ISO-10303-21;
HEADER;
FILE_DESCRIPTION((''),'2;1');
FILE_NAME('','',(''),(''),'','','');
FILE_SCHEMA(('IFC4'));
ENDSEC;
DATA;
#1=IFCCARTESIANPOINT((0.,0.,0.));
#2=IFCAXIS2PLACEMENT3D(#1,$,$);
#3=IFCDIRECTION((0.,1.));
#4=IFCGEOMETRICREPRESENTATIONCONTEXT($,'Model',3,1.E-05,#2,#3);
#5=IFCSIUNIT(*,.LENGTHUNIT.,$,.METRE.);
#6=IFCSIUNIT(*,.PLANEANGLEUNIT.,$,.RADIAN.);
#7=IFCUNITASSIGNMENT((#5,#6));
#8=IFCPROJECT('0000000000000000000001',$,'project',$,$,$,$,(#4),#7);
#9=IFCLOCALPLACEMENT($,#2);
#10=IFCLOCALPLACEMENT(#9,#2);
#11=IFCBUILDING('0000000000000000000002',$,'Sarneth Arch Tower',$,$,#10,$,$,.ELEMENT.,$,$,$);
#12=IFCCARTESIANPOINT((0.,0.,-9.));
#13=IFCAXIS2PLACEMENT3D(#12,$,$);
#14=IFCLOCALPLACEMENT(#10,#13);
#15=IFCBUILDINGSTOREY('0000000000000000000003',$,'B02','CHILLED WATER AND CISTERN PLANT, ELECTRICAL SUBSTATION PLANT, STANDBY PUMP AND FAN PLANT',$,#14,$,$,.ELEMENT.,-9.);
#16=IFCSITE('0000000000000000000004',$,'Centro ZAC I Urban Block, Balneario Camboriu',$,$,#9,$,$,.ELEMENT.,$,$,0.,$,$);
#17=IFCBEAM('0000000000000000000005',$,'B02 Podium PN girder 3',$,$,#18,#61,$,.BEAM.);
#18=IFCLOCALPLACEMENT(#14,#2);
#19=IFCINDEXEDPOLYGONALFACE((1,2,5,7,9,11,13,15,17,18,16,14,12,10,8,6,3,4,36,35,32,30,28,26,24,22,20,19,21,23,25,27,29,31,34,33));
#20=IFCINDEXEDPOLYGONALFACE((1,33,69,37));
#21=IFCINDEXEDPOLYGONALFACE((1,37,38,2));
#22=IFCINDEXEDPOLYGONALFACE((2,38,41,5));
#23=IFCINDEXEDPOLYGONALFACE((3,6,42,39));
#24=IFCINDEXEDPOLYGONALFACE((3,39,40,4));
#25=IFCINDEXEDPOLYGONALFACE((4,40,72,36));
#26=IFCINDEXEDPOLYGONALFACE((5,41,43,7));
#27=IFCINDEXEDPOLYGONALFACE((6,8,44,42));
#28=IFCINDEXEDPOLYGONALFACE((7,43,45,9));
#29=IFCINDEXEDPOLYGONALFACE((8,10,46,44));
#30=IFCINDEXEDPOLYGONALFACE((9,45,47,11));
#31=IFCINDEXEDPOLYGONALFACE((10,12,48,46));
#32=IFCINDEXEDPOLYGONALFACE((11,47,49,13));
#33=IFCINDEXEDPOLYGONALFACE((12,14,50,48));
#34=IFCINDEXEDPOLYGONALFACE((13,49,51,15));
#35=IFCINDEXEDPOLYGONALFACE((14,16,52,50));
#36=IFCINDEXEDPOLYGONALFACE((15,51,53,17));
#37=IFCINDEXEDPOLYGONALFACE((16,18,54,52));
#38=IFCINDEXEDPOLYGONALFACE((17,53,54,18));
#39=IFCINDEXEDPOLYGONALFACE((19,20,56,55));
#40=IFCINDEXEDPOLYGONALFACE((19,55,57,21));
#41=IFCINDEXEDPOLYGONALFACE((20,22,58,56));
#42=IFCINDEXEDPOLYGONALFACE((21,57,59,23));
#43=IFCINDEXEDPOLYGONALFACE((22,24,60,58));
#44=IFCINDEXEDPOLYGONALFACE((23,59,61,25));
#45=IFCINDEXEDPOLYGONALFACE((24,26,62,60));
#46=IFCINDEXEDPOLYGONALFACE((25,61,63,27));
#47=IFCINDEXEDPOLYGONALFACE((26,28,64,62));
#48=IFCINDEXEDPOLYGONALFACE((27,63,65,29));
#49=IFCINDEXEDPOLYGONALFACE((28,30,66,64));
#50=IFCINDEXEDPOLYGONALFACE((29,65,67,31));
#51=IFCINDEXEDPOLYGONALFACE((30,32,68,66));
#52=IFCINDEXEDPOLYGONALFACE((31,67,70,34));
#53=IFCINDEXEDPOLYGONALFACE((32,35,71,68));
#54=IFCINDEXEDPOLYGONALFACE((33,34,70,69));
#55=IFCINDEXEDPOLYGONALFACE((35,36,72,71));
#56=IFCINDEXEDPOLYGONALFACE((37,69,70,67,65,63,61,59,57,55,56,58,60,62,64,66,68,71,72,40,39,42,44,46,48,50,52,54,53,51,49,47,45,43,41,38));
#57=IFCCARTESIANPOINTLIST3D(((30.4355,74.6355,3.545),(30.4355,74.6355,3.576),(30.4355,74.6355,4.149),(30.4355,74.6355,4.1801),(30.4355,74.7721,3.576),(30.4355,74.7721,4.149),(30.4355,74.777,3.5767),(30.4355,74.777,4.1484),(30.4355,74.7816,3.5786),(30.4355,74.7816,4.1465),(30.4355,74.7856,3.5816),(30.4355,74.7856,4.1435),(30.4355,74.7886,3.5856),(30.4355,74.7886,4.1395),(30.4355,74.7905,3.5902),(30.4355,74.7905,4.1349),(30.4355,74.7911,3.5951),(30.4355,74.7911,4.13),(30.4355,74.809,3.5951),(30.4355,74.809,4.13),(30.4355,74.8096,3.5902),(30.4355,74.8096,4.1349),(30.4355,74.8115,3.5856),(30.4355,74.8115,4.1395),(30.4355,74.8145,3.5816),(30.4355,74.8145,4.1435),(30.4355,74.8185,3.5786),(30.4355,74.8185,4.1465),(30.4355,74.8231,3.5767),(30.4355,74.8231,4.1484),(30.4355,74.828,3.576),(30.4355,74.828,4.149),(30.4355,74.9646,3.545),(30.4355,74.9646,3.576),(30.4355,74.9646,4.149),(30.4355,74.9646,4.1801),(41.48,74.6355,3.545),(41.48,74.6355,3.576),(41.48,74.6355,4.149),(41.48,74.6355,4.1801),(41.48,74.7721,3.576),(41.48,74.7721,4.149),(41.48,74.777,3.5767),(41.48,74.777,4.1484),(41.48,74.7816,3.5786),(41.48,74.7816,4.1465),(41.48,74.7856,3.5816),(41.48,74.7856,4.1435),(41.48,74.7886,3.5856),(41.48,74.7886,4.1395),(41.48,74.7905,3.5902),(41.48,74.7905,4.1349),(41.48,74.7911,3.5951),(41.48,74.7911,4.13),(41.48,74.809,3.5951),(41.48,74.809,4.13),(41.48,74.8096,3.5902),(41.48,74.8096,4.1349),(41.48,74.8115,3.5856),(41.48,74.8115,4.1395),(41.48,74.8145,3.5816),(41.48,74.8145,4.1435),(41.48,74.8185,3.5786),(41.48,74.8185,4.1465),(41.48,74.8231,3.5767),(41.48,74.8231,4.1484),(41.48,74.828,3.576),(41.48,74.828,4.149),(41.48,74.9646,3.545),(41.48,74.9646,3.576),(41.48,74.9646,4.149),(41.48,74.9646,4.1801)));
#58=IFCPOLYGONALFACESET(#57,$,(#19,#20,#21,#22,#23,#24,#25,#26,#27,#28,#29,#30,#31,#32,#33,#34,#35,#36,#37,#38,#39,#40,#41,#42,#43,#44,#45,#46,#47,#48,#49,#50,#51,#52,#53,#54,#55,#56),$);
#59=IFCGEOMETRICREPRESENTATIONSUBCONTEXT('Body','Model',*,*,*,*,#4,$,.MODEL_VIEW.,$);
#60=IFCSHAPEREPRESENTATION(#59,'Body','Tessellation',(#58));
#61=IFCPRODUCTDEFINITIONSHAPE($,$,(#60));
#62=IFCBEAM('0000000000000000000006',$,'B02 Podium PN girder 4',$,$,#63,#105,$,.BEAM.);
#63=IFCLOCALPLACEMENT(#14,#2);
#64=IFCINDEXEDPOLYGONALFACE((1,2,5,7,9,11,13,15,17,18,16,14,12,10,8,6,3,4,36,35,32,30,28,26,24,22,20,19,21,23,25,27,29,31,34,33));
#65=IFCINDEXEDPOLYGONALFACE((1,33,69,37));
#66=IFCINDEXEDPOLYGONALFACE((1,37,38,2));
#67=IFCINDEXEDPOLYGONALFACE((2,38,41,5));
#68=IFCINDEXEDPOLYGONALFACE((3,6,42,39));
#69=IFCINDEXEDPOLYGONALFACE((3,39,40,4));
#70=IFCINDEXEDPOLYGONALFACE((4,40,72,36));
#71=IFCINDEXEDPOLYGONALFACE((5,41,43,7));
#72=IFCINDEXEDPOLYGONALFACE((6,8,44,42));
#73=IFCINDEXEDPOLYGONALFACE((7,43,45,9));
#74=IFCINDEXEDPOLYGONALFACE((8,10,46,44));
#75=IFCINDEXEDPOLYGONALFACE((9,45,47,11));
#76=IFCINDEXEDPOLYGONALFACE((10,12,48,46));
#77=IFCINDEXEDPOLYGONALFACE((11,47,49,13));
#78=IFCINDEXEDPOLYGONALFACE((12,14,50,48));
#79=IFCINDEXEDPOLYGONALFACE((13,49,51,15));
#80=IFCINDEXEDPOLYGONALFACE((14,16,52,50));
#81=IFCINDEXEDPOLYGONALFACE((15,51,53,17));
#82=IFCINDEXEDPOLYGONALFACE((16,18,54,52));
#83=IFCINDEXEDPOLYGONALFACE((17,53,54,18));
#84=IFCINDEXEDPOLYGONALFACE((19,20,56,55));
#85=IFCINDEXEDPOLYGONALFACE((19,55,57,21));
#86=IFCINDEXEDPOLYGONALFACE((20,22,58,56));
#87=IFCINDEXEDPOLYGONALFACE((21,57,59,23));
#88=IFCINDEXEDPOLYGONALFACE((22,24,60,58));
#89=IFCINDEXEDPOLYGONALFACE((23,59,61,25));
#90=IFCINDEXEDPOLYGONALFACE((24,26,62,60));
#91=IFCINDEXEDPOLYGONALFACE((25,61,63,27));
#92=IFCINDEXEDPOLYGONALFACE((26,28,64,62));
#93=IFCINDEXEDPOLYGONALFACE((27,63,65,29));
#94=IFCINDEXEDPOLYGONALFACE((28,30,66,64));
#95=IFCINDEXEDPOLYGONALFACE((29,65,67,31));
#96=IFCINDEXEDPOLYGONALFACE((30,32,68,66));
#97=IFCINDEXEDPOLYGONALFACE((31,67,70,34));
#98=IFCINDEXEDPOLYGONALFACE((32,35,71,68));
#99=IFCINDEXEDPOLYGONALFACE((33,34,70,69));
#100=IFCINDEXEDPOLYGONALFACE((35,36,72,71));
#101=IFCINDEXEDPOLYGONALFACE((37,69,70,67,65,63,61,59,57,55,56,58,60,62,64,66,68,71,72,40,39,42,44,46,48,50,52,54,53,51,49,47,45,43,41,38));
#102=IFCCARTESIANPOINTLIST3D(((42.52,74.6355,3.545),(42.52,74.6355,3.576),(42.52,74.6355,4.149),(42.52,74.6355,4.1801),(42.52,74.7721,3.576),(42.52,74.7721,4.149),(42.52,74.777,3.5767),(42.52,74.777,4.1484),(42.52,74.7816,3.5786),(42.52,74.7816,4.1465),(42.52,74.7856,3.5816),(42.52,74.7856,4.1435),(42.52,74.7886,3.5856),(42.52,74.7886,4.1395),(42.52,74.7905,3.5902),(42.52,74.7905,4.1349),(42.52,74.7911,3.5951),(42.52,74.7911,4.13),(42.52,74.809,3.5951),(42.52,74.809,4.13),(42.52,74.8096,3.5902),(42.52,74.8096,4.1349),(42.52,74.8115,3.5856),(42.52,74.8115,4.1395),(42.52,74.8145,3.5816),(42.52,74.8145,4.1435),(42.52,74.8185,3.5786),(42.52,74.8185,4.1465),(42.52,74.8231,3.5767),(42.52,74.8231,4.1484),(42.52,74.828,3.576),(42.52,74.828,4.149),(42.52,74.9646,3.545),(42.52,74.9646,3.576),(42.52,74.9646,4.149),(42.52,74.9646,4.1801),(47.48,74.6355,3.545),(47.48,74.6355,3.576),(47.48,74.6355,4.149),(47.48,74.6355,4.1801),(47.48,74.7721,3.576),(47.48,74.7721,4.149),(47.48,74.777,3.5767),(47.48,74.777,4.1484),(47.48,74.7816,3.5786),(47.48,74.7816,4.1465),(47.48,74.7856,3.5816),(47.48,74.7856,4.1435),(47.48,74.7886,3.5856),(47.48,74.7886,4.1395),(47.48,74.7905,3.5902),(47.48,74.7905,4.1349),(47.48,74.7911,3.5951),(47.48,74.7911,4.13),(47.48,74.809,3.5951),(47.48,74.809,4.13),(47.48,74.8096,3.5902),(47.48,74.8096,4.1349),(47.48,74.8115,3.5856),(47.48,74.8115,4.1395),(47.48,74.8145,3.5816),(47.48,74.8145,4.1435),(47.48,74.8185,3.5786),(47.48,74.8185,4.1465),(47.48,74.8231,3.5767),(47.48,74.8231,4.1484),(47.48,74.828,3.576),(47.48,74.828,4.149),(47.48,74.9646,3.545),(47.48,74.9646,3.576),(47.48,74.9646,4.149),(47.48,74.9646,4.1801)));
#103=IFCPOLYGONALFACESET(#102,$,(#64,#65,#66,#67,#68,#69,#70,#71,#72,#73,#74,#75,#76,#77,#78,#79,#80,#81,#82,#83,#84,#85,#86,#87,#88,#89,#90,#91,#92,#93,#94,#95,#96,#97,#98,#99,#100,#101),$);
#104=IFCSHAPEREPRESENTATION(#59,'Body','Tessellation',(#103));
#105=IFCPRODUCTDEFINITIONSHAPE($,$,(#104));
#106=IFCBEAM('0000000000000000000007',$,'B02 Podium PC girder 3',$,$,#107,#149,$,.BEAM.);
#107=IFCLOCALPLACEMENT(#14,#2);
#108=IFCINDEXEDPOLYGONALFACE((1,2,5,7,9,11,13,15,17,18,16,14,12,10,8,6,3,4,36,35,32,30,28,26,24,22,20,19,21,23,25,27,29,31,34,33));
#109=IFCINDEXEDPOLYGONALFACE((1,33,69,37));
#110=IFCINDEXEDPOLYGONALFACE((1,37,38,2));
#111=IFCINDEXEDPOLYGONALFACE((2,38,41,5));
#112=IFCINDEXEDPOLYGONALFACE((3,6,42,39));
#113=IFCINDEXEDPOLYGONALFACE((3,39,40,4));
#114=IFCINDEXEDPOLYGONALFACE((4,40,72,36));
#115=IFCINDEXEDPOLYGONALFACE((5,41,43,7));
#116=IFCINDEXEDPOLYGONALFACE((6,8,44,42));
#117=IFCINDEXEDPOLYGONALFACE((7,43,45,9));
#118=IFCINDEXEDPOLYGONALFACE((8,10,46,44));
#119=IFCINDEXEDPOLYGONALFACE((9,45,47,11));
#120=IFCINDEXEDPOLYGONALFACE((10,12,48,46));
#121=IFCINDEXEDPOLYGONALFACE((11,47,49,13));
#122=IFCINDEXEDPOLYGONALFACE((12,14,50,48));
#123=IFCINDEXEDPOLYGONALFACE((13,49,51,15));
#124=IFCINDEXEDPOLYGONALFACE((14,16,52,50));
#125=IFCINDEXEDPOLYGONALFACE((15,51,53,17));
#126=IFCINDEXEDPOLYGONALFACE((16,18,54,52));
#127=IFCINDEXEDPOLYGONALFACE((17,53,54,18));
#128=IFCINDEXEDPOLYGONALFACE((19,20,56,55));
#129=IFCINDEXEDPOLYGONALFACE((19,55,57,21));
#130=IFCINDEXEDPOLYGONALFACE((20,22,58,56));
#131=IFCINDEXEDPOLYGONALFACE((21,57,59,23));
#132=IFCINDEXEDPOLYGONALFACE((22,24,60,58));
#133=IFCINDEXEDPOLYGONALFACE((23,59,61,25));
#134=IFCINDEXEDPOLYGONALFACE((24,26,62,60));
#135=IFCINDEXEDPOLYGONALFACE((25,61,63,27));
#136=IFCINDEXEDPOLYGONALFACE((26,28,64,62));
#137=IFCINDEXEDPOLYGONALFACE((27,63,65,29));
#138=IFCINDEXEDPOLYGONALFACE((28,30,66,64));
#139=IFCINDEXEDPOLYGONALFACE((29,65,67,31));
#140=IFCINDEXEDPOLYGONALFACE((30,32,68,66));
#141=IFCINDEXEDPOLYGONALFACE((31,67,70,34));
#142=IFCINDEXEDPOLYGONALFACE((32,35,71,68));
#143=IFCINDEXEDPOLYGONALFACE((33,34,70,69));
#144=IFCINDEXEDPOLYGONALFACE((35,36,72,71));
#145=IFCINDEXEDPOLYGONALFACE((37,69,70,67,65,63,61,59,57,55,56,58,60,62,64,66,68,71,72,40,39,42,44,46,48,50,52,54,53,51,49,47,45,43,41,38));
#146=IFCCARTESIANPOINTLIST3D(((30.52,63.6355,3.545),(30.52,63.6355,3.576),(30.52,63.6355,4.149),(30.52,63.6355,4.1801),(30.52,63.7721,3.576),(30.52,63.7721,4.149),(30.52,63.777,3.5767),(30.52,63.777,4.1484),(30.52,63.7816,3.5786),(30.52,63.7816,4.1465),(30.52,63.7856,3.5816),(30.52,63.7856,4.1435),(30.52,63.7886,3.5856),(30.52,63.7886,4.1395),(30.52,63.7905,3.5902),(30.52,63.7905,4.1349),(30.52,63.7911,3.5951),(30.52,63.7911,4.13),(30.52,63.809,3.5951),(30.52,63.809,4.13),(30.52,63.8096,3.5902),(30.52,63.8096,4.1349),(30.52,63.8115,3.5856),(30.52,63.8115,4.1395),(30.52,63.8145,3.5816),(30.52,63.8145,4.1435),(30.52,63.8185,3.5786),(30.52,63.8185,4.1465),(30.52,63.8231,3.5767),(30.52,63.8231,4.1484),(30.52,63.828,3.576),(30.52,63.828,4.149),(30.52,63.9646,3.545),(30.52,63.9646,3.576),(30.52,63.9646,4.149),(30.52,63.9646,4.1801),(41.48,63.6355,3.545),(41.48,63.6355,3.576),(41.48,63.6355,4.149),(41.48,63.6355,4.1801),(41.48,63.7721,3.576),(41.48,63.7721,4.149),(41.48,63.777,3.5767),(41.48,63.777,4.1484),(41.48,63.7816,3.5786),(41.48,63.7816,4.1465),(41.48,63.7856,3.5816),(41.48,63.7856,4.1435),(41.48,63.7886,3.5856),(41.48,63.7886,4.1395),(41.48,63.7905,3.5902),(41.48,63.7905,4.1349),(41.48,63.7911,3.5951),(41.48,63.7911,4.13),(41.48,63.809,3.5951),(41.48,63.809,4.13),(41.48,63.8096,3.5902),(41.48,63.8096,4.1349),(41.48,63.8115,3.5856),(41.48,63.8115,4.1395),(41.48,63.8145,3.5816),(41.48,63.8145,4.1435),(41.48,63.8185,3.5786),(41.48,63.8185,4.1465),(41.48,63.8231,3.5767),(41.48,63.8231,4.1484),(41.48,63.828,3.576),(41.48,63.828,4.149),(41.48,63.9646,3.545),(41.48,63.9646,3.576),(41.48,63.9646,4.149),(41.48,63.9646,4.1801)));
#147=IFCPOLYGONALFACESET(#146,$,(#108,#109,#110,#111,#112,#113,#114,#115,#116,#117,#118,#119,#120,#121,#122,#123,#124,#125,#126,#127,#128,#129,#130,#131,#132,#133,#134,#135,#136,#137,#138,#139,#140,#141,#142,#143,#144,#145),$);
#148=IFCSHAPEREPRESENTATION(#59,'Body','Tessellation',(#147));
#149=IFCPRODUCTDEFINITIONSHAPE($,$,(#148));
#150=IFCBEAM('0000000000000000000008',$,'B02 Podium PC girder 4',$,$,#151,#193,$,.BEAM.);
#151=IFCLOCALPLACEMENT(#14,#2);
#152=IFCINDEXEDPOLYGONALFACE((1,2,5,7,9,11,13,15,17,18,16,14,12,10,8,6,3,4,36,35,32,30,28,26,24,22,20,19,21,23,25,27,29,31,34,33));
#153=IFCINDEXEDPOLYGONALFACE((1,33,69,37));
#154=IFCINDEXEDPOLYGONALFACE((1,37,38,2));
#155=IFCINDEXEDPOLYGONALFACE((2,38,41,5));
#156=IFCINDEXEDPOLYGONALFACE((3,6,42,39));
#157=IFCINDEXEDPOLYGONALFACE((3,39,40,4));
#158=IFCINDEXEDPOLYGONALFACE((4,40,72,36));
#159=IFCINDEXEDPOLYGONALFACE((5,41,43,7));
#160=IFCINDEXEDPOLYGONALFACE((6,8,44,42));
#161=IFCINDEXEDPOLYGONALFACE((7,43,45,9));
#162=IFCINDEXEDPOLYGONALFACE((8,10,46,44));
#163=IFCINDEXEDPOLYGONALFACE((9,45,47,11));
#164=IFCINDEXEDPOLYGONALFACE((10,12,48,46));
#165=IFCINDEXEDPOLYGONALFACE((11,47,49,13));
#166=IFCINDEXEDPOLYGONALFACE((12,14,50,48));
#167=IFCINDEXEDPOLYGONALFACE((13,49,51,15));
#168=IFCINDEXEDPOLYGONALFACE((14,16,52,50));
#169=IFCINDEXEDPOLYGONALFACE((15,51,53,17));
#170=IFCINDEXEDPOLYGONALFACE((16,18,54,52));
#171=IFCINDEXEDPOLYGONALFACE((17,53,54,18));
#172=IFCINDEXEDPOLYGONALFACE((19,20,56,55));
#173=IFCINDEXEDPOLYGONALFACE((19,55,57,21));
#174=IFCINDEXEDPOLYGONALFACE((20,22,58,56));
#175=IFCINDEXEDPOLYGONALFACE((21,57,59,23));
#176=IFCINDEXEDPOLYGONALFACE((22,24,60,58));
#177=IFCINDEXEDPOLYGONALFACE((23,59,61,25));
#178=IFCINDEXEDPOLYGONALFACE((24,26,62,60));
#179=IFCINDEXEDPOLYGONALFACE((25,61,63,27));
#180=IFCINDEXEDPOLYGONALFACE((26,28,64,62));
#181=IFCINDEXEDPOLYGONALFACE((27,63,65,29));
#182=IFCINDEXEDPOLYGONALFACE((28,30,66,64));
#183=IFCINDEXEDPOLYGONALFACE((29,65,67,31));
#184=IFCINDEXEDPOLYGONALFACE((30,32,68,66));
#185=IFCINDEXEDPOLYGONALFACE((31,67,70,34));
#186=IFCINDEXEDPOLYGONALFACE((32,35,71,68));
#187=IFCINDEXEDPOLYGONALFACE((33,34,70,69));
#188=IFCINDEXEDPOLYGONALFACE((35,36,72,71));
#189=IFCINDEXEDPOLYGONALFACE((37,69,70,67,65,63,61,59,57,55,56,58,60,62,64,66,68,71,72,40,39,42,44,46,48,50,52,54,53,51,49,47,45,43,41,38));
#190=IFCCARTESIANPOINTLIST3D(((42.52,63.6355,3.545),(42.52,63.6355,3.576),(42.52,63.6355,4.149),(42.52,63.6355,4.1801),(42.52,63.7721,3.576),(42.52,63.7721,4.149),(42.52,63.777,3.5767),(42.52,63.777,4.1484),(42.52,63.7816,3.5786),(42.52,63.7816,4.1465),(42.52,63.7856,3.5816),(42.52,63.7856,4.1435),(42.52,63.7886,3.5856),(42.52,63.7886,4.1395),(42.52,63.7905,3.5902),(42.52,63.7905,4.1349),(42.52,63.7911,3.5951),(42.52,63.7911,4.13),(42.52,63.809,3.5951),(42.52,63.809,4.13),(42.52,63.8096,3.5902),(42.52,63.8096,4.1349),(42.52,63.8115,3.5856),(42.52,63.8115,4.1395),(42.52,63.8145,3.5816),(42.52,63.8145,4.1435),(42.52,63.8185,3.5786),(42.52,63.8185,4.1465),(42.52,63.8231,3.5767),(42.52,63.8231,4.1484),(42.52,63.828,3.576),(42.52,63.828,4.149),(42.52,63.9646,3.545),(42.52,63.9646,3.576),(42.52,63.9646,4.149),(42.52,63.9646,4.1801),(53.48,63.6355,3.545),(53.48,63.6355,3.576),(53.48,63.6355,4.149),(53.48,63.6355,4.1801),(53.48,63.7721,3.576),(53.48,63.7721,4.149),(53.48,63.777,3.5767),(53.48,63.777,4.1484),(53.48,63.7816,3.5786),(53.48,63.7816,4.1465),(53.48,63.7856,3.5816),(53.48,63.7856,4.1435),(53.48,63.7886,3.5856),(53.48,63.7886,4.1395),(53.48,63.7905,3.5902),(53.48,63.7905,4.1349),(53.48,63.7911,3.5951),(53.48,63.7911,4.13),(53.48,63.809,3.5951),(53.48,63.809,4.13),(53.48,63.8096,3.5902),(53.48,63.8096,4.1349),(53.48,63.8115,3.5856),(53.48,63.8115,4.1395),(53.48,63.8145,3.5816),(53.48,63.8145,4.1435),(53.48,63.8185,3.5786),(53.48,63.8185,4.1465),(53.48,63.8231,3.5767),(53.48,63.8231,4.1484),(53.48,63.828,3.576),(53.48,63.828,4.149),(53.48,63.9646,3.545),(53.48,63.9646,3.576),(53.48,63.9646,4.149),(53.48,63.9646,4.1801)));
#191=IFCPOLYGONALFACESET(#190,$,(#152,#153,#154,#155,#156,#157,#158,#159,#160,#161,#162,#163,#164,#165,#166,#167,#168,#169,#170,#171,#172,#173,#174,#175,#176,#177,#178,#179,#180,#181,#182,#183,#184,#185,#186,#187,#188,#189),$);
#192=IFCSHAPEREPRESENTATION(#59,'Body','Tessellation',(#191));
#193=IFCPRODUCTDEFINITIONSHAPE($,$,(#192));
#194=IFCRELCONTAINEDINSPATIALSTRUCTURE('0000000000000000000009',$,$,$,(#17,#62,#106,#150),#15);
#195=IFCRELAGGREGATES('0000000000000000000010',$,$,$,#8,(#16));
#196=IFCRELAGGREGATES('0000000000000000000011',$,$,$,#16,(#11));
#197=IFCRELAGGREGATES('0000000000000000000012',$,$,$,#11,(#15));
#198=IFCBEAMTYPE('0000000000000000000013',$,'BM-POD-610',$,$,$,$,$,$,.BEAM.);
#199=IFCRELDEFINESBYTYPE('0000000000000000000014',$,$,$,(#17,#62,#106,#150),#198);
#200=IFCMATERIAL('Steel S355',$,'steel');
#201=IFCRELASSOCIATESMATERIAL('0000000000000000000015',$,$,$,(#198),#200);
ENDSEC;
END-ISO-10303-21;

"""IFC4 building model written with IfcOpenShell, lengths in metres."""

from ifc_helpers import new_model, si_unit, direction, frame, origin, origin_2d, place, context, subcontext, project, spatial, i_section, extrude, material, material_profile, profile_set, type_object, element, save


model = new_model("IFC4")

# Units and contexts
model_context = context("Model", 3, precision=1e-05, world=origin(), true_north=direction((0.0, 1.0)))
body_context = subcontext(model_context, "Body", "Model", "MODEL_VIEW")
ifc_project = project(units=[si_unit("LENGTHUNIT", "METRE"), si_unit("PLANEANGLEUNIT", "RADIAN")], contexts=[model_context])

# Site, building, storey
site_placement = place(None, origin())
site = spatial("IfcSite", under=ifc_project, at=site_placement, Name="Centro ZAC I Urban Block, Balneario Camboriu", CompositionType="ELEMENT", RefElevation=0.0)
building_placement = place(site_placement, origin())
building = spatial("IfcBuilding", under=site, at=building_placement, Name="Sarneth Arch Tower", CompositionType="ELEMENT")
storey_placement = place(building_placement, frame((0.0, 0.0, -9.0)))
storey = spatial("IfcBuildingStorey", under=building, at=storey_placement, Name="B02", Description="CHILLED WATER AND CISTERN PLANT, ELECTRICAL SUBSTATION PLANT, STANDBY PUMP AND FAN PLANT", CompositionType="ELEMENT", Elevation=-9.0)

# Beams
ifc_material_1 = material(Name="Steel S355", Category="steel")
ifc_material_profile_1 = material_profile(ifc_material_1, i_section(OverallWidth=0.3291, OverallDepth=0.635, WebThickness=0.0178, FlangeThickness=0.031, FilletRadius=0.019, at=origin_2d()), Name="W610x241")
ifc_profile_set_1 = profile_set([ifc_material_profile_1], Name="Steel S355")
beam_type = type_object("IfcBeamType", Name="BM-POD-610", PredefinedType="BEAM", material=ifc_profile_set_1)
beam_1_placement = place(storey_placement, frame((30.4355, 74.8, 3.8625), z_axis=(1.0, 0.0, 0.0), x_axis=(0.0, 1.0, 0.0)))
element("IfcBeam", 1, at=beam_1_placement, inside=storey, type_object=beam_type, Name="B02 Podium PN girder 3", PredefinedType="BEAM", context=body_context, shape_type="SweptSolid", body=[
    extrude(i_section(OverallWidth=0.3291, OverallDepth=0.635, WebThickness=0.0178, FlangeThickness=0.031, FilletRadius=0.019, at=origin_2d()), origin(), (0.0, 0.0, 1.0), 11.0444),
])
beam_2_placement = place(storey_placement, frame((42.52, 74.8, 3.8625), z_axis=(1.0, 0.0, 0.0), x_axis=(0.0, 1.0, 0.0)))
element("IfcBeam", 2, at=beam_2_placement, inside=storey, type_object=beam_type, Name="B02 Podium PN girder 4", PredefinedType="BEAM", context=body_context, shape_type="SweptSolid", body=[
    extrude(i_section(OverallWidth=0.3291, OverallDepth=0.635, WebThickness=0.0178, FlangeThickness=0.031, FilletRadius=0.019, at=origin_2d()), origin(), (0.0, 0.0, 1.0), 4.96),
])
for number, where, z_axis, x_axis, name in (
    (3, (30.52, 63.8, 3.8625), (1.0, 0.0, 0.0), (0.0, 1.0, 0.0), "B02 Podium PC girder 3"),
    (4, (42.52, 63.8, 3.8625), (1.0, 0.0, 0.0), (0.0, 1.0, 0.0), "B02 Podium PC girder 4"),
):
    element("IfcBeam", number, at=place(storey_placement, frame(where, z_axis=z_axis, x_axis=x_axis)), inside=storey, type_object=beam_type, Name=name, PredefinedType="BEAM", context=body_context, shape_type="SweptSolid", body=[
        extrude(i_section(OverallWidth=0.3291, OverallDepth=0.635, WebThickness=0.0178, FlangeThickness=0.031, FilletRadius=0.019, at=origin_2d()), origin(), (0.0, 0.0, 1.0), 10.96),
    ])

save(model, "model.ifc")
